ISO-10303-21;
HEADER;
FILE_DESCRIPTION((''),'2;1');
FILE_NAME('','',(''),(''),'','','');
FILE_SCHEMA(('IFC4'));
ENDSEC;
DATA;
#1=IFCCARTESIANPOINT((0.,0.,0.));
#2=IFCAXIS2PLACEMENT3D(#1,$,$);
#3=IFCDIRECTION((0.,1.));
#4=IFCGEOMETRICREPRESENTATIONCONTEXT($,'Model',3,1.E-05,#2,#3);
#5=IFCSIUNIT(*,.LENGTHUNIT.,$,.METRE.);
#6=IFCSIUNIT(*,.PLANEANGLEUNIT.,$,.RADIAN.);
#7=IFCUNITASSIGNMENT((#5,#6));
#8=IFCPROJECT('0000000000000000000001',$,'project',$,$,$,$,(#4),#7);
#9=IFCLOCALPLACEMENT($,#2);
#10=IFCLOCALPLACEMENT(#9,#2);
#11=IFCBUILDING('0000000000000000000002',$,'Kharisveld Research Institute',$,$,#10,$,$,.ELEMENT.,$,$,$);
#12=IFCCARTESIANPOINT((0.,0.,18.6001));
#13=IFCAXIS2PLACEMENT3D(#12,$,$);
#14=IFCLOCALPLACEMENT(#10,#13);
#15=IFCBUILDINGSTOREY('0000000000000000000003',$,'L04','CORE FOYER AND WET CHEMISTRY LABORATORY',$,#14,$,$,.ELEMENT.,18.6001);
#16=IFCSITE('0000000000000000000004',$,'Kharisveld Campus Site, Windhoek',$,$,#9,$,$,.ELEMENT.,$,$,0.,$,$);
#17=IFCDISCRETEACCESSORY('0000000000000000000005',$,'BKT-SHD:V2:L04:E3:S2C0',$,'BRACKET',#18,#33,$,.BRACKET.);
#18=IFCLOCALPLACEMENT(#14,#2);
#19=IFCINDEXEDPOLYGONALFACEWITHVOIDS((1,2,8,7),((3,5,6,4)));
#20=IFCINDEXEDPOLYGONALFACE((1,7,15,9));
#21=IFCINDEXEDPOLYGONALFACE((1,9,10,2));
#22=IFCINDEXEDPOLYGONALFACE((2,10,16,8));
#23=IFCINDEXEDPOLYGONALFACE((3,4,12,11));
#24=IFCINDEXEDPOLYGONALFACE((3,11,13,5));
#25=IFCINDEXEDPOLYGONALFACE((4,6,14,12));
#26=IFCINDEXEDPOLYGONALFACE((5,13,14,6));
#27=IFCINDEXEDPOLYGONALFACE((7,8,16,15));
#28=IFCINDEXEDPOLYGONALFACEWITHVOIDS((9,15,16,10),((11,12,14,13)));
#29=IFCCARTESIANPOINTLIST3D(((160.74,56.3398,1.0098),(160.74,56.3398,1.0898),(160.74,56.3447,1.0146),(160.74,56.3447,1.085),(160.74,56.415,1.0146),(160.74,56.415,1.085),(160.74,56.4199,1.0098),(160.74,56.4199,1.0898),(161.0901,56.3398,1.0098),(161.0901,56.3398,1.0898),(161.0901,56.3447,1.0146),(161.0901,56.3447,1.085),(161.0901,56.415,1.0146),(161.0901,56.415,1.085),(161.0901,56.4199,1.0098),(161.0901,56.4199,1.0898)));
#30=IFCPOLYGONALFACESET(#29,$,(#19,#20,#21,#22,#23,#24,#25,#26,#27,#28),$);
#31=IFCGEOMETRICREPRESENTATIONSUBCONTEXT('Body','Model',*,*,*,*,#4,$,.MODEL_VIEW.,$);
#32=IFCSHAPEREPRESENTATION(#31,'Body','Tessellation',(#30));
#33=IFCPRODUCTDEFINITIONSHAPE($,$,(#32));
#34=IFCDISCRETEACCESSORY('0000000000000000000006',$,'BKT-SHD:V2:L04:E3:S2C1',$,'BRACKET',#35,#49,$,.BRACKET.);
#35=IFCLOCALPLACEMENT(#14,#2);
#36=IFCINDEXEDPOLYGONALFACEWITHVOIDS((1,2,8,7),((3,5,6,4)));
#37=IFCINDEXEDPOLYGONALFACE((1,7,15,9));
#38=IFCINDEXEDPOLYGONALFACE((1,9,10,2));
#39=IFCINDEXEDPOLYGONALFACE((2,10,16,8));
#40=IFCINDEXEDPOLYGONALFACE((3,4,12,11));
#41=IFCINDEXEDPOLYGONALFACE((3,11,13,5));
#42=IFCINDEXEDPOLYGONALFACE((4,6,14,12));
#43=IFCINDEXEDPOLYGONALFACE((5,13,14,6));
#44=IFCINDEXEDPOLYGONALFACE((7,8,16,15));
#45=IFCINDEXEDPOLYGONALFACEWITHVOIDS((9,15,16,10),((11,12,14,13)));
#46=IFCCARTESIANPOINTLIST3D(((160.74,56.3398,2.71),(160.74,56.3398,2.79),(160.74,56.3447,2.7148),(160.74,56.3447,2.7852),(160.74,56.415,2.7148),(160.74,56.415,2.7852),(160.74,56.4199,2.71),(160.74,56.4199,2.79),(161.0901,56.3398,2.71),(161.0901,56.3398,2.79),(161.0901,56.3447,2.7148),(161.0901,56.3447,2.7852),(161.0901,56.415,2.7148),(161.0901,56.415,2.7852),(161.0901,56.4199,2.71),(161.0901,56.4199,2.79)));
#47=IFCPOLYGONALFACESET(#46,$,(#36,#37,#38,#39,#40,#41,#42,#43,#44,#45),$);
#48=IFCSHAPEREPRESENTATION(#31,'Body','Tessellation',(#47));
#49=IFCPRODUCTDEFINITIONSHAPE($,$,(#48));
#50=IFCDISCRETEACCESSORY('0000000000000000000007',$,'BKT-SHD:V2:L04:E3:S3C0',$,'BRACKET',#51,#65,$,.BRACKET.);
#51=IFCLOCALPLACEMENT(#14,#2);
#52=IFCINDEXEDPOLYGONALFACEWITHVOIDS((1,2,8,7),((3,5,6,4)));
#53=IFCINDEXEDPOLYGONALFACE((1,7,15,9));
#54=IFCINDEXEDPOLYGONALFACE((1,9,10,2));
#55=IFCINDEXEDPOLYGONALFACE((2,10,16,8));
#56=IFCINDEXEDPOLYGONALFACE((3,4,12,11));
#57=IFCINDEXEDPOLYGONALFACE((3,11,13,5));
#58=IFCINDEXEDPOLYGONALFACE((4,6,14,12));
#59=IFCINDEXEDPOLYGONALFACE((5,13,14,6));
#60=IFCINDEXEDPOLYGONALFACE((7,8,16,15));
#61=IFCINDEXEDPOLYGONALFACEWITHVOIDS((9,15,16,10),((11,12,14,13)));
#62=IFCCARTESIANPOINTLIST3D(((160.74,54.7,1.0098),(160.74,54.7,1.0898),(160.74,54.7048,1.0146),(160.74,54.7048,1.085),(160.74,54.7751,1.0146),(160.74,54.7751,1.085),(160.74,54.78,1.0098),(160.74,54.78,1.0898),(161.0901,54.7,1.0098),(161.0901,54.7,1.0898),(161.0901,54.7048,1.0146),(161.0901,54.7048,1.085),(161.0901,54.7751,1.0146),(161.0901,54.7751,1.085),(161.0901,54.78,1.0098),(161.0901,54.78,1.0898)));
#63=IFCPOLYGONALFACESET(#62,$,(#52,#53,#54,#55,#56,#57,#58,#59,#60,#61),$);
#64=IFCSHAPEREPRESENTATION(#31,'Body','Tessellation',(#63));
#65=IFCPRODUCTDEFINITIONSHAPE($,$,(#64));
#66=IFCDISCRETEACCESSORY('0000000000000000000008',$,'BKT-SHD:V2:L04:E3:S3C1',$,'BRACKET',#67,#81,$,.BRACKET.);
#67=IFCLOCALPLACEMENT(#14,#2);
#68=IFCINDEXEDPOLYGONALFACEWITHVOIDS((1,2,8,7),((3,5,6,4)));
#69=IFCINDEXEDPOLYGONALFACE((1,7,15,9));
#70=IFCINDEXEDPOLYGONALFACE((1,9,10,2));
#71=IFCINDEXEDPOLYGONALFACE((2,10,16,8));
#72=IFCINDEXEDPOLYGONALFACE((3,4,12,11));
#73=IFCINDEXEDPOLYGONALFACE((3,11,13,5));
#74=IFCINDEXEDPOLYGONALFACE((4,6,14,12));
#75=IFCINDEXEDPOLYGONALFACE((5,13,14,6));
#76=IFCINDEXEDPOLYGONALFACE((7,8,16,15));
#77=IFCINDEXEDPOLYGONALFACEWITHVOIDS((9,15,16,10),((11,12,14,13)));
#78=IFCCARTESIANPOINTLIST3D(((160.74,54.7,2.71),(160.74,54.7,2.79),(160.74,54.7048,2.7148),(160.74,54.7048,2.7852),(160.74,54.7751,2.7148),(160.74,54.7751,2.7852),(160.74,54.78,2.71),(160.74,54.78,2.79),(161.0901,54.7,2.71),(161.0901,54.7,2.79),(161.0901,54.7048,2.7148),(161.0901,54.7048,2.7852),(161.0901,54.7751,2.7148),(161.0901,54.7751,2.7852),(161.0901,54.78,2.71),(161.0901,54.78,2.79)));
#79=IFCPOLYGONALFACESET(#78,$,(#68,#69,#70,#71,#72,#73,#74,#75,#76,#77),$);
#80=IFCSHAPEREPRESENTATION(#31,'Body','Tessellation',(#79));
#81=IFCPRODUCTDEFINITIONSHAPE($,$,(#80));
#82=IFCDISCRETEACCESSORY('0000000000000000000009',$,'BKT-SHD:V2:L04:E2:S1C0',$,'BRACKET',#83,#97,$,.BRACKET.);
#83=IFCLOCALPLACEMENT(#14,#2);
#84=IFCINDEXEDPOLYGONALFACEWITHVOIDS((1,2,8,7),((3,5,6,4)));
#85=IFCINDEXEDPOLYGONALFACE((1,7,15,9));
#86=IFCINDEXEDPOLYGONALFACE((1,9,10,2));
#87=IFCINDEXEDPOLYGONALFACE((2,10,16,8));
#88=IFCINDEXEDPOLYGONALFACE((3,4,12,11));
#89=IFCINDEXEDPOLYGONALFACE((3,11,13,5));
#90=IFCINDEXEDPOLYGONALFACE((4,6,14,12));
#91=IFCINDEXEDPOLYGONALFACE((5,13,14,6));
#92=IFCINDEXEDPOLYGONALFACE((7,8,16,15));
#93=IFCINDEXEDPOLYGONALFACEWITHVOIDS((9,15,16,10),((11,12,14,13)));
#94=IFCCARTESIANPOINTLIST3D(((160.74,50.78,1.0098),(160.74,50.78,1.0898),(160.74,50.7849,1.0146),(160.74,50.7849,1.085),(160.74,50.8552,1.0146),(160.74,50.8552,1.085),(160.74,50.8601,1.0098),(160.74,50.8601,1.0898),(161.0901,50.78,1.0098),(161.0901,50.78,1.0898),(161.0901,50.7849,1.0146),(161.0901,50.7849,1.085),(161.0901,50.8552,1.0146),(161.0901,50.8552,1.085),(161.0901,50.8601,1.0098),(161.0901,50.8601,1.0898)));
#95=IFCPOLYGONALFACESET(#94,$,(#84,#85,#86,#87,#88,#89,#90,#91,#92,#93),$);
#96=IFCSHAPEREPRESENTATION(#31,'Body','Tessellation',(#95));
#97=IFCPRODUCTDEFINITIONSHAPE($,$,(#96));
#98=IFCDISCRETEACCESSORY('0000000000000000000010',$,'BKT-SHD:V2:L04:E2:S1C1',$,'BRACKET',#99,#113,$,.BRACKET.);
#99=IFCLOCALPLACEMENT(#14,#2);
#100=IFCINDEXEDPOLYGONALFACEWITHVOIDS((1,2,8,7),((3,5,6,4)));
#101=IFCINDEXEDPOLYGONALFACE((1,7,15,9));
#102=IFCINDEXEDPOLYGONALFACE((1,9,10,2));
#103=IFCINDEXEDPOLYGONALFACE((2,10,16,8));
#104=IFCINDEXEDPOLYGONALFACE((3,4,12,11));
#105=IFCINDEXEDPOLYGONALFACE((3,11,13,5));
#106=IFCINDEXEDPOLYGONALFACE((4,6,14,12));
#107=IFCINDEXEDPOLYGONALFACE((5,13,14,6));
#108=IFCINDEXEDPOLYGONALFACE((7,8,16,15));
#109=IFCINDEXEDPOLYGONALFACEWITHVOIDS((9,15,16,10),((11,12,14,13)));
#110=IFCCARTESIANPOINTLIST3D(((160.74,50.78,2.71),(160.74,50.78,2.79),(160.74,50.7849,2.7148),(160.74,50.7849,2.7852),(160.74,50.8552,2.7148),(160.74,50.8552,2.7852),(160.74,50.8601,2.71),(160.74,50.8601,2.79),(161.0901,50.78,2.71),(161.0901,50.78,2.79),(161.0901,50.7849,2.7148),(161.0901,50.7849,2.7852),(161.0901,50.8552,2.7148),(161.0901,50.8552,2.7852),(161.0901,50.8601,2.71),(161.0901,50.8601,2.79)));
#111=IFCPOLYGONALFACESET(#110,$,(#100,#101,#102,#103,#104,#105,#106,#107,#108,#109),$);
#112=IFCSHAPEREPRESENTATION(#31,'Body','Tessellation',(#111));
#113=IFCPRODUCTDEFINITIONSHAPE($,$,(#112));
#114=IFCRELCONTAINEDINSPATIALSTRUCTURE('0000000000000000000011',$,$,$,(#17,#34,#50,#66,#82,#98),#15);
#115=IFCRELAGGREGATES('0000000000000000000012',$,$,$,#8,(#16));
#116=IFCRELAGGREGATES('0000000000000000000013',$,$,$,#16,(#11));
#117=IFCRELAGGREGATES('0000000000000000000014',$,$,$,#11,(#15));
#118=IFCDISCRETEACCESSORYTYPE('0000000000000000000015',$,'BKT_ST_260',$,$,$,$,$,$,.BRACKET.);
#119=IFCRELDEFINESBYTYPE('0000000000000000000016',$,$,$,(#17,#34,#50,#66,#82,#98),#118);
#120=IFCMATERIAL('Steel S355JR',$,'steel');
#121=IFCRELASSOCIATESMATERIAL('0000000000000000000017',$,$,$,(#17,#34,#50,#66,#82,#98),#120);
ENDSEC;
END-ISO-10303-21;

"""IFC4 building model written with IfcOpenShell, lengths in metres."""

from ifc_helpers import new_model, si_unit, direction, frame, origin, origin_2d, place, context, subcontext, project, spatial, hollow_rectangle, extrude, material, type_object, element, save


model = new_model("IFC4")

# Units and contexts
model_context = context("Model", 3, precision=1e-05, world=origin(), true_north=direction((0.0, 1.0)))
body_context = subcontext(model_context, "Body", "Model", "MODEL_VIEW")
ifc_project = project(units=[si_unit("LENGTHUNIT", "METRE"), si_unit("PLANEANGLEUNIT", "RADIAN")], contexts=[model_context])

# Site, building, storey
site_placement = place(None, origin())
site = spatial("IfcSite", under=ifc_project, at=site_placement, Name="Kharisveld Campus Site, Windhoek", CompositionType="ELEMENT", RefElevation=0.0)
building_placement = place(site_placement, origin())
building = spatial("IfcBuilding", under=site, at=building_placement, Name="Kharisveld Research Institute", CompositionType="ELEMENT")
storey_placement = place(building_placement, frame((0.0, 0.0, 18.6001)))
storey = spatial("IfcBuildingStorey", under=building, at=storey_placement, Name="L04", Description="CORE FOYER AND WET CHEMISTRY LABORATORY", CompositionType="ELEMENT", Elevation=18.6001)

# Discrete accessories
ifc_material_1 = material(Name="Steel S355JR", Category="steel")
discrete_accessory_type = type_object("IfcDiscreteAccessoryType", Name="BKT_ST_260", PredefinedType="BRACKET")
for number, where, z_axis, x_axis, name in (
    (1, (160.74, 56.3799, 1.0498), (1.0, 0.0, 0.0), (0.0, 1.0, 0.0), "BKT-SHD:V2:L04:E3:S2C0"),
    (2, (160.74, 56.3799, 2.75), (1.0, 0.0, 0.0), (0.0, 1.0, 0.0), "BKT-SHD:V2:L04:E3:S2C1"),
    (3, (160.74, 54.74, 1.0498), (1.0, 0.0, 0.0), (0.0, 1.0, 0.0), "BKT-SHD:V2:L04:E3:S3C0"),
    (4, (160.74, 54.74, 2.75), (1.0, 0.0, 0.0), (0.0, 1.0, 0.0), "BKT-SHD:V2:L04:E3:S3C1"),
    (5, (160.74, 50.8201, 1.0498), (1.0, 0.0, 0.0), (0.0, 1.0, 0.0), "BKT-SHD:V2:L04:E2:S1C0"),
    (6, (160.74, 50.8201, 2.75), (1.0, 0.0, 0.0), (0.0, 1.0, 0.0), "BKT-SHD:V2:L04:E2:S1C1"),
):
    element("IfcDiscreteAccessory", number, at=place(storey_placement, frame(where, z_axis=z_axis, x_axis=x_axis)), inside=storey, type_object=discrete_accessory_type, material=ifc_material_1, Name=name, ObjectType="BRACKET", PredefinedType="BRACKET", context=body_context, shape_type="SweptSolid", body=[
        extrude(hollow_rectangle(XDim=0.0801, YDim=0.0801, WallThickness=0.0049, at=origin_2d()), origin(), (0.0, 0.0, 1.0), 0.3501),
    ])

save(model, "model.ifc")
